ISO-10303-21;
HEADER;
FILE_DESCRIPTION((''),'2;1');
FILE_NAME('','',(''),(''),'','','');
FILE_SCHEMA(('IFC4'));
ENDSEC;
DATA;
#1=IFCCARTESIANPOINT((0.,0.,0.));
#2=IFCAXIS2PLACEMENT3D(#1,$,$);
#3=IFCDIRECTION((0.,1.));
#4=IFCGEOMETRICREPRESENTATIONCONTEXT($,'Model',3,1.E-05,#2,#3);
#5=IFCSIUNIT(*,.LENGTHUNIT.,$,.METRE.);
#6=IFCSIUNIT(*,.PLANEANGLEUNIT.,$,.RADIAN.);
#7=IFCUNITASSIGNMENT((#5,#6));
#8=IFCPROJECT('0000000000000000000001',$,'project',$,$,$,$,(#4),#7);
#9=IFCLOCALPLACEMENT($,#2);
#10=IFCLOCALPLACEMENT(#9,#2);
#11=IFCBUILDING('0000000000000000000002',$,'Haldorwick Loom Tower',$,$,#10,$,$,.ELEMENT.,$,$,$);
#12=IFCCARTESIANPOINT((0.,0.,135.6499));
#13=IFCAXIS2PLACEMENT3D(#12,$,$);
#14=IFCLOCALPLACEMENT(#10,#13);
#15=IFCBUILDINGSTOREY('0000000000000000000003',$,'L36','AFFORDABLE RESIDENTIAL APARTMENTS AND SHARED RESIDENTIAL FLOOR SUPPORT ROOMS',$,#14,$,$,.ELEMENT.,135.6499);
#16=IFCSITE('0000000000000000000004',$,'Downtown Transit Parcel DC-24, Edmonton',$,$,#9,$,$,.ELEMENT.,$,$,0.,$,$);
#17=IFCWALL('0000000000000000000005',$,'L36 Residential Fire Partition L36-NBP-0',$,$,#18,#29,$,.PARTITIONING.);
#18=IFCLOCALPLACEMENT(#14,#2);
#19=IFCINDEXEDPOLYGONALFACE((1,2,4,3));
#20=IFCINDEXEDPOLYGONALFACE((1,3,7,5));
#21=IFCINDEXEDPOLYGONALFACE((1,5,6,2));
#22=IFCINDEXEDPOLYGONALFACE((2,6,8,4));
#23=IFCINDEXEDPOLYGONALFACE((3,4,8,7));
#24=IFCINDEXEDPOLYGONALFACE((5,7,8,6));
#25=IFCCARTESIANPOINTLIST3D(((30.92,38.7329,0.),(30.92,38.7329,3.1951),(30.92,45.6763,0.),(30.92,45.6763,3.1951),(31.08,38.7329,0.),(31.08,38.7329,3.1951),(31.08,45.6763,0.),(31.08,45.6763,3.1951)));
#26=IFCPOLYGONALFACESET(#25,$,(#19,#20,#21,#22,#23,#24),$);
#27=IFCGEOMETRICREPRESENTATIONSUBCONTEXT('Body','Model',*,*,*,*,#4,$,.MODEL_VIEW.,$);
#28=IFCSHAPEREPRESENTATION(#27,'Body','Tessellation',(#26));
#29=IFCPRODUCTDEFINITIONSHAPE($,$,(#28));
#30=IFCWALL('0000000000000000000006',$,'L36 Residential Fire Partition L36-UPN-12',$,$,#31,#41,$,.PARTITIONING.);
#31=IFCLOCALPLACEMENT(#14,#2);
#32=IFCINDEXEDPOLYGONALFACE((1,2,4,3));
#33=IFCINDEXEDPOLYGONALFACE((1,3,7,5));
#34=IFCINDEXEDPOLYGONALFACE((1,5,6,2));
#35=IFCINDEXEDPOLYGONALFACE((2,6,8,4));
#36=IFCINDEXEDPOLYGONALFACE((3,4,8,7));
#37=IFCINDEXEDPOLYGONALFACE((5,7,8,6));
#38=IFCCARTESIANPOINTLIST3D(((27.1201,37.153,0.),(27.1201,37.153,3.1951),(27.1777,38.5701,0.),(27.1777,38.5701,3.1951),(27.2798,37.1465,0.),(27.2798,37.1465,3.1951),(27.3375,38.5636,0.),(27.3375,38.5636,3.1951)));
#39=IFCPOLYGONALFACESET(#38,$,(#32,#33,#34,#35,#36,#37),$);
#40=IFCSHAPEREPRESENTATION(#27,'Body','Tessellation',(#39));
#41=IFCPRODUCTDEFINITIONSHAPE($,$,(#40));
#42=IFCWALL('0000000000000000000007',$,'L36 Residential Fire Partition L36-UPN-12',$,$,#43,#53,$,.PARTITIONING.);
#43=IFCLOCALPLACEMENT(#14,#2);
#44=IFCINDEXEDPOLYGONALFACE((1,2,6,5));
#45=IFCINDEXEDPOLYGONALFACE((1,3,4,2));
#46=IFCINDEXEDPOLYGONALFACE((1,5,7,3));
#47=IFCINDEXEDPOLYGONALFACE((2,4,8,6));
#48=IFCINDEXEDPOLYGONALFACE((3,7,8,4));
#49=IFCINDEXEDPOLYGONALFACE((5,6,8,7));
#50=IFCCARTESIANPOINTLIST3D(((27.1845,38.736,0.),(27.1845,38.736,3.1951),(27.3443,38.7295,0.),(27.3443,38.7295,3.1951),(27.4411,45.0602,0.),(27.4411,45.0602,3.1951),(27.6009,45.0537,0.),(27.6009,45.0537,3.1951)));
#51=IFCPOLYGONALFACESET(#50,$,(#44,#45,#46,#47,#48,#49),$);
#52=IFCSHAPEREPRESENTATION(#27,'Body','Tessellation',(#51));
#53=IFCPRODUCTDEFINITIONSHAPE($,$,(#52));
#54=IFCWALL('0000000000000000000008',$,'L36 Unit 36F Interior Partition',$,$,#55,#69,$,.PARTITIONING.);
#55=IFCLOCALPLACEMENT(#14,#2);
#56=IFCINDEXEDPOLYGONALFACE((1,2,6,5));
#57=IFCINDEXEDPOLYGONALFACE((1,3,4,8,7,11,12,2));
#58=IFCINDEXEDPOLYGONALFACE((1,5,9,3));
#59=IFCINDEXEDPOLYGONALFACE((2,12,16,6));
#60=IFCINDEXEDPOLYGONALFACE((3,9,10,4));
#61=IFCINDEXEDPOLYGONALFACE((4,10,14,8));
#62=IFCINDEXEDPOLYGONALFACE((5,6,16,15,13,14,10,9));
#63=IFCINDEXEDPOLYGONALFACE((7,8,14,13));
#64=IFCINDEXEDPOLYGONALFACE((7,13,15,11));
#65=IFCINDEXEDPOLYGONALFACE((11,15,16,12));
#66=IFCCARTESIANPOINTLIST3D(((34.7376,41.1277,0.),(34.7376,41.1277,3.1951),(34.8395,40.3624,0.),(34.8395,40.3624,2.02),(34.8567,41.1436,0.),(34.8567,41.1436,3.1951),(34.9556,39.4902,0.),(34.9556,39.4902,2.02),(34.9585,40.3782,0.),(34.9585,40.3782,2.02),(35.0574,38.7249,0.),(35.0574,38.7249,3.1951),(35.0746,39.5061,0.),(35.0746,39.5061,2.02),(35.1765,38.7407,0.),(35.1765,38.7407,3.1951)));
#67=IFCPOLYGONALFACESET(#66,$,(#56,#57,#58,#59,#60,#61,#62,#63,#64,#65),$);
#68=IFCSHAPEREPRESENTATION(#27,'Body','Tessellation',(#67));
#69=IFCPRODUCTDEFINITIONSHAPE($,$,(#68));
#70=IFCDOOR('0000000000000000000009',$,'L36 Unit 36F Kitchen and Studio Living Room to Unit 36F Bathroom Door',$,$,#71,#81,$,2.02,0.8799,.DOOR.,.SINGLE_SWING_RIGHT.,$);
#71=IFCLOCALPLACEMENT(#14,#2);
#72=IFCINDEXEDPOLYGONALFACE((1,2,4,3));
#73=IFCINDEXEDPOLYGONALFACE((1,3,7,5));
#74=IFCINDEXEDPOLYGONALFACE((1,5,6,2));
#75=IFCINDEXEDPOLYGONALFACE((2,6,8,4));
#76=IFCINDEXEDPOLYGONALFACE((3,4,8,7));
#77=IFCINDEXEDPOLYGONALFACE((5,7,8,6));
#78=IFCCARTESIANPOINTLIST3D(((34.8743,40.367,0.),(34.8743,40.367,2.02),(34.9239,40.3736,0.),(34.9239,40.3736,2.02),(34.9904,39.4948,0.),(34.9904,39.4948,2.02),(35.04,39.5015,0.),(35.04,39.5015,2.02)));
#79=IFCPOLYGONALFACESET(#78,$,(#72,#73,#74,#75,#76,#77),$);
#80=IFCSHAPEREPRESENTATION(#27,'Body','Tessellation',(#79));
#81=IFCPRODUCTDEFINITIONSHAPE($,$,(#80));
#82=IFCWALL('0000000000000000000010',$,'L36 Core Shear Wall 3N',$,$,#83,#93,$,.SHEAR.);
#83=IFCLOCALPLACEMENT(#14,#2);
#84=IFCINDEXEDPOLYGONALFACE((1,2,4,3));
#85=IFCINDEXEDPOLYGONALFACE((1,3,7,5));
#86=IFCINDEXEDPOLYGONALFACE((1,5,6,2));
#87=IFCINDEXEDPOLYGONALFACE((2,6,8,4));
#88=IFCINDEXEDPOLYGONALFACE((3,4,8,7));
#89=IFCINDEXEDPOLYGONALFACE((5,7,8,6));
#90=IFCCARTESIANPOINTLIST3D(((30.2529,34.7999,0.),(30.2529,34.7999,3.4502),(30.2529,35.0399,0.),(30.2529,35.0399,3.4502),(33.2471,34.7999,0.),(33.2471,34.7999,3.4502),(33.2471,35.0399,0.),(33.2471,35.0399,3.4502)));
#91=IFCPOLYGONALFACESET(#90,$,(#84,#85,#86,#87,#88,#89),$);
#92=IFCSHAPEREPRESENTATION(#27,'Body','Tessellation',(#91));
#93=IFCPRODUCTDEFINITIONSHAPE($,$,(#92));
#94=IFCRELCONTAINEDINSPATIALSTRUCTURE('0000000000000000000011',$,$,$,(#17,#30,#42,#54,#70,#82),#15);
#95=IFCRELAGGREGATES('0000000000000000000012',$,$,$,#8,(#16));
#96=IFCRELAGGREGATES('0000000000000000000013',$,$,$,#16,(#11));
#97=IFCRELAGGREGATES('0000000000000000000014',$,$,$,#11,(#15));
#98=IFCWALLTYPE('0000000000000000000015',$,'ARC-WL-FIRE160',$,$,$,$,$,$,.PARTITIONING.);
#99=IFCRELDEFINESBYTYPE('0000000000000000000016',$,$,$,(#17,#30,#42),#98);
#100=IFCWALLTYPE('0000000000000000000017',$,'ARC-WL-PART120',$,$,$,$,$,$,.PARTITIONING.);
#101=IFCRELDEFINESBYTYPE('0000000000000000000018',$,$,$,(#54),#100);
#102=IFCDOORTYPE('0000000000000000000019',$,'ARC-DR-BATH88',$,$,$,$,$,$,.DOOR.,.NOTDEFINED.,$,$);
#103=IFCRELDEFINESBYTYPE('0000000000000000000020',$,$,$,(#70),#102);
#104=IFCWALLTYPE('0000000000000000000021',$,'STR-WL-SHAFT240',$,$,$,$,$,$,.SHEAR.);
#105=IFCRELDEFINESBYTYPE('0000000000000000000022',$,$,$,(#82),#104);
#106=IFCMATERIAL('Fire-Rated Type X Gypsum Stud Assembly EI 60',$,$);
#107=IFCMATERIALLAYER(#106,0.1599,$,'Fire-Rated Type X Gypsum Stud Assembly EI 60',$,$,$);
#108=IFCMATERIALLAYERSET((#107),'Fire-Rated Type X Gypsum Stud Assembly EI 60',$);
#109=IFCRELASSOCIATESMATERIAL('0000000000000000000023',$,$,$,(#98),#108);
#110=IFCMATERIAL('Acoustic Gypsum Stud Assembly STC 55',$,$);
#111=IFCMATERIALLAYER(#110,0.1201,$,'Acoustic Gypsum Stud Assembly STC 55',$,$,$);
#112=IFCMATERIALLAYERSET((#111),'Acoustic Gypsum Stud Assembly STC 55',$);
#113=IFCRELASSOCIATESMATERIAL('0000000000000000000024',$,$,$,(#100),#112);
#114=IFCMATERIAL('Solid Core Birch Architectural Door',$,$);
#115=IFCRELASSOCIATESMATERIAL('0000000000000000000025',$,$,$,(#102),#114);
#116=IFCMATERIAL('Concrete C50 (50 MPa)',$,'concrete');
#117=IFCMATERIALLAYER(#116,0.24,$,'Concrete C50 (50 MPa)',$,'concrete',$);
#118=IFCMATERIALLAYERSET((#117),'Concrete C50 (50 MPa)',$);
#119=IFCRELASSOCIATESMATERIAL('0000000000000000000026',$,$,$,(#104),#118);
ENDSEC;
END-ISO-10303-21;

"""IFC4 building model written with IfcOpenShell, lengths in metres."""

from ifc_helpers import new_model, si_unit, direction, frame, frame_2d, origin, place, context, subcontext, project, spatial, rectangle, extrude, material, layer, layer_set, type_object, element, fill, save


model = new_model("IFC4")

# Units and contexts
model_context = context("Model", 3, precision=1e-05, world=origin(), true_north=direction((0.0, 1.0)))
body_context = subcontext(model_context, "Body", "Model", "MODEL_VIEW")
ifc_project = project(units=[si_unit("LENGTHUNIT", "METRE"), si_unit("PLANEANGLEUNIT", "RADIAN")], contexts=[model_context])

# Site, building, storey
site_placement = place(None, origin())
site = spatial("IfcSite", under=ifc_project, at=site_placement, Name="Downtown Transit Parcel DC-24, Edmonton", CompositionType="ELEMENT", RefElevation=0.0)
building_placement = place(site_placement, origin())
building = spatial("IfcBuilding", under=site, at=building_placement, Name="Haldorwick Loom Tower", CompositionType="ELEMENT")
storey_placement = place(building_placement, frame((0.0, 0.0, 135.6499)))
storey = spatial("IfcBuildingStorey", under=building, at=storey_placement, Name="L36", Description="AFFORDABLE RESIDENTIAL APARTMENTS AND SHARED RESIDENTIAL FLOOR SUPPORT ROOMS", CompositionType="ELEMENT", Elevation=135.6499)

# Walls
ifc_material_1 = material(Name="Fire-Rated Type X Gypsum Stud Assembly EI 60")
ifc_layer_1 = layer(ifc_material_1, 0.1599, Name="Fire-Rated Type X Gypsum Stud Assembly EI 60")
ifc_layer_set_1 = layer_set([ifc_layer_1], Name="Fire-Rated Type X Gypsum Stud Assembly EI 60")
wall_type_1 = type_object("IfcWallType", Name="ARC-WL-FIRE160", PredefinedType="PARTITIONING", material=ifc_layer_set_1)
wall_1_placement = place(storey_placement, frame((31.0, 38.7329, 0.0), z_axis=(0.0, 0.0, 1.0), x_axis=(0.0, 1.0, 0.0)))
element("IfcWall", 1, at=wall_1_placement, inside=storey, type_object=wall_type_1, Name="L36 Residential Fire Partition L36-NBP-0", PredefinedType="PARTITIONING", context=body_context, shape_type="SweptSolid", body=[
    extrude(rectangle(XDim=6.9434, YDim=0.1599, at=frame_2d((3.4717, 0.0))), origin(), (0.0, 0.0, 1.0), 3.1951),
])
wall_2_placement = place(storey_placement, frame((27.2, 37.1499, 0.0), z_axis=(0.0, 0.0, 1.0), x_axis=(0.040628, 0.999174, 0.0)))
element("IfcWall", 2, at=wall_2_placement, inside=storey, type_object=wall_type_1, Name="L36 Residential Fire Partition L36-UPN-12", PredefinedType="PARTITIONING", context=body_context, shape_type="SweptSolid", body=[
    extrude(rectangle(XDim=1.4182, YDim=0.1599, at=frame_2d((0.709, 0.0))), origin(), (0.0, 0.0, 1.0), 3.1951),
])
wall_3_placement = place(storey_placement, frame((27.2644, 38.7329, 0.0), z_axis=(0.0, 0.0, 1.0), x_axis=(0.04054, 0.999178, 0.0)))
element("IfcWall", 3, at=wall_3_placement, inside=storey, type_object=wall_type_1, Name="L36 Residential Fire Partition L36-UPN-12", PredefinedType="PARTITIONING", context=body_context, shape_type="SweptSolid", body=[
    extrude(rectangle(XDim=6.3293, YDim=0.1599, at=frame_2d((3.1646, 0.0))), origin(), (0.0, 0.0, 1.0), 3.1951),
])

# Wall, opening, door
ifc_material_2 = material(Name="Acoustic Gypsum Stud Assembly STC 55")
ifc_layer_2 = layer(ifc_material_2, 0.1201, Name="Acoustic Gypsum Stud Assembly STC 55")
ifc_layer_set_2 = layer_set([ifc_layer_2], Name="Acoustic Gypsum Stud Assembly STC 55")
wall_type_2 = type_object("IfcWallType", Name="ARC-WL-PART120", PredefinedType="PARTITIONING", material=ifc_layer_set_2)
wall_4_placement = place(storey_placement, frame((35.1169, 38.7329, 0.0), z_axis=(0.0, 0.0, 1.0), x_axis=(-0.131939, 0.991258, 0.0)))
wall_4 = element("IfcWall", 4, at=wall_4_placement, inside=storey, type_object=wall_type_2, Name="L36 Unit 36F Interior Partition", PredefinedType="PARTITIONING", context=body_context, shape_type="SweptSolid", body=[
    extrude(rectangle(XDim=2.4241, YDim=0.1201, at=frame_2d((1.2119, 0.0))), origin(), (0.0, 0.0, 1.0), 3.1951),
])
opening_placement = place(wall_4_placement, frame((0.772, 0.0, 0.0)))
opening = element("IfcOpeningElement", 5, at=opening_placement, cuts=wall_4, PredefinedType="OPENING", context=body_context, shape_type="SweptSolid", body=[
    extrude(rectangle(XDim=0.8799, YDim=2.02, at=frame_2d((0.4399, 1.01))), frame((0.0, 0.0701, 0.0), z_axis=(0.0, -1.0, 0.0), x_axis=(1.0, 0.0, 0.0)), (0.0, 0.0, 1.0), 0.1401),
])
ifc_material_3 = material(Name="Solid Core Birch Architectural Door")
door_type = type_object("IfcDoorType", Name="ARC-DR-BATH88", OperationType="NOTDEFINED", PredefinedType="DOOR", material=ifc_material_3)
door_placement = place(opening_placement, origin())
door = element("IfcDoor", 6, at=door_placement, inside=storey, type_object=door_type, Name="L36 Unit 36F Kitchen and Studio Living Room to Unit 36F Bathroom Door", OperationType="SINGLE_SWING_RIGHT", OverallHeight=2.02, OverallWidth=0.8799, PredefinedType="DOOR", context=body_context, shape_type="SweptSolid", body=[
    extrude(rectangle(XDim=0.8799, YDim=2.02, at=frame_2d((0.4399, 1.01))), frame((0.0, 0.0249, 0.0), z_axis=(0.0, -1.0, 0.0), x_axis=(1.0, 0.0, 0.0)), (0.0, 0.0, 1.0), 0.05),
])
fill(opening, door)

# Wall
ifc_material_4 = material(Name="Concrete C50 (50 MPa)", Category="concrete")
ifc_layer_3 = layer(ifc_material_4, 0.24, Name="Concrete C50 (50 MPa)", Category="concrete")
ifc_layer_set_3 = layer_set([ifc_layer_3], Name="Concrete C50 (50 MPa)")
wall_type_3 = type_object("IfcWallType", Name="STR-WL-SHAFT240", PredefinedType="SHEAR", material=ifc_layer_set_3)
wall_5_placement = place(storey_placement, frame((30.2529, 34.9199, 0.0), z_axis=(0.0, 0.0, 1.0), x_axis=(1.0, 0.0, 0.0)))
element("IfcWall", 7, at=wall_5_placement, inside=storey, type_object=wall_type_3, Name="L36 Core Shear Wall 3N", PredefinedType="SHEAR", context=body_context, shape_type="SweptSolid", body=[
    extrude(rectangle(XDim=2.9941, YDim=0.24, at=frame_2d((1.4971, 0.0))), origin(), (0.0, 0.0, 1.0), 3.4502),
])

save(model, "model.ifc")
